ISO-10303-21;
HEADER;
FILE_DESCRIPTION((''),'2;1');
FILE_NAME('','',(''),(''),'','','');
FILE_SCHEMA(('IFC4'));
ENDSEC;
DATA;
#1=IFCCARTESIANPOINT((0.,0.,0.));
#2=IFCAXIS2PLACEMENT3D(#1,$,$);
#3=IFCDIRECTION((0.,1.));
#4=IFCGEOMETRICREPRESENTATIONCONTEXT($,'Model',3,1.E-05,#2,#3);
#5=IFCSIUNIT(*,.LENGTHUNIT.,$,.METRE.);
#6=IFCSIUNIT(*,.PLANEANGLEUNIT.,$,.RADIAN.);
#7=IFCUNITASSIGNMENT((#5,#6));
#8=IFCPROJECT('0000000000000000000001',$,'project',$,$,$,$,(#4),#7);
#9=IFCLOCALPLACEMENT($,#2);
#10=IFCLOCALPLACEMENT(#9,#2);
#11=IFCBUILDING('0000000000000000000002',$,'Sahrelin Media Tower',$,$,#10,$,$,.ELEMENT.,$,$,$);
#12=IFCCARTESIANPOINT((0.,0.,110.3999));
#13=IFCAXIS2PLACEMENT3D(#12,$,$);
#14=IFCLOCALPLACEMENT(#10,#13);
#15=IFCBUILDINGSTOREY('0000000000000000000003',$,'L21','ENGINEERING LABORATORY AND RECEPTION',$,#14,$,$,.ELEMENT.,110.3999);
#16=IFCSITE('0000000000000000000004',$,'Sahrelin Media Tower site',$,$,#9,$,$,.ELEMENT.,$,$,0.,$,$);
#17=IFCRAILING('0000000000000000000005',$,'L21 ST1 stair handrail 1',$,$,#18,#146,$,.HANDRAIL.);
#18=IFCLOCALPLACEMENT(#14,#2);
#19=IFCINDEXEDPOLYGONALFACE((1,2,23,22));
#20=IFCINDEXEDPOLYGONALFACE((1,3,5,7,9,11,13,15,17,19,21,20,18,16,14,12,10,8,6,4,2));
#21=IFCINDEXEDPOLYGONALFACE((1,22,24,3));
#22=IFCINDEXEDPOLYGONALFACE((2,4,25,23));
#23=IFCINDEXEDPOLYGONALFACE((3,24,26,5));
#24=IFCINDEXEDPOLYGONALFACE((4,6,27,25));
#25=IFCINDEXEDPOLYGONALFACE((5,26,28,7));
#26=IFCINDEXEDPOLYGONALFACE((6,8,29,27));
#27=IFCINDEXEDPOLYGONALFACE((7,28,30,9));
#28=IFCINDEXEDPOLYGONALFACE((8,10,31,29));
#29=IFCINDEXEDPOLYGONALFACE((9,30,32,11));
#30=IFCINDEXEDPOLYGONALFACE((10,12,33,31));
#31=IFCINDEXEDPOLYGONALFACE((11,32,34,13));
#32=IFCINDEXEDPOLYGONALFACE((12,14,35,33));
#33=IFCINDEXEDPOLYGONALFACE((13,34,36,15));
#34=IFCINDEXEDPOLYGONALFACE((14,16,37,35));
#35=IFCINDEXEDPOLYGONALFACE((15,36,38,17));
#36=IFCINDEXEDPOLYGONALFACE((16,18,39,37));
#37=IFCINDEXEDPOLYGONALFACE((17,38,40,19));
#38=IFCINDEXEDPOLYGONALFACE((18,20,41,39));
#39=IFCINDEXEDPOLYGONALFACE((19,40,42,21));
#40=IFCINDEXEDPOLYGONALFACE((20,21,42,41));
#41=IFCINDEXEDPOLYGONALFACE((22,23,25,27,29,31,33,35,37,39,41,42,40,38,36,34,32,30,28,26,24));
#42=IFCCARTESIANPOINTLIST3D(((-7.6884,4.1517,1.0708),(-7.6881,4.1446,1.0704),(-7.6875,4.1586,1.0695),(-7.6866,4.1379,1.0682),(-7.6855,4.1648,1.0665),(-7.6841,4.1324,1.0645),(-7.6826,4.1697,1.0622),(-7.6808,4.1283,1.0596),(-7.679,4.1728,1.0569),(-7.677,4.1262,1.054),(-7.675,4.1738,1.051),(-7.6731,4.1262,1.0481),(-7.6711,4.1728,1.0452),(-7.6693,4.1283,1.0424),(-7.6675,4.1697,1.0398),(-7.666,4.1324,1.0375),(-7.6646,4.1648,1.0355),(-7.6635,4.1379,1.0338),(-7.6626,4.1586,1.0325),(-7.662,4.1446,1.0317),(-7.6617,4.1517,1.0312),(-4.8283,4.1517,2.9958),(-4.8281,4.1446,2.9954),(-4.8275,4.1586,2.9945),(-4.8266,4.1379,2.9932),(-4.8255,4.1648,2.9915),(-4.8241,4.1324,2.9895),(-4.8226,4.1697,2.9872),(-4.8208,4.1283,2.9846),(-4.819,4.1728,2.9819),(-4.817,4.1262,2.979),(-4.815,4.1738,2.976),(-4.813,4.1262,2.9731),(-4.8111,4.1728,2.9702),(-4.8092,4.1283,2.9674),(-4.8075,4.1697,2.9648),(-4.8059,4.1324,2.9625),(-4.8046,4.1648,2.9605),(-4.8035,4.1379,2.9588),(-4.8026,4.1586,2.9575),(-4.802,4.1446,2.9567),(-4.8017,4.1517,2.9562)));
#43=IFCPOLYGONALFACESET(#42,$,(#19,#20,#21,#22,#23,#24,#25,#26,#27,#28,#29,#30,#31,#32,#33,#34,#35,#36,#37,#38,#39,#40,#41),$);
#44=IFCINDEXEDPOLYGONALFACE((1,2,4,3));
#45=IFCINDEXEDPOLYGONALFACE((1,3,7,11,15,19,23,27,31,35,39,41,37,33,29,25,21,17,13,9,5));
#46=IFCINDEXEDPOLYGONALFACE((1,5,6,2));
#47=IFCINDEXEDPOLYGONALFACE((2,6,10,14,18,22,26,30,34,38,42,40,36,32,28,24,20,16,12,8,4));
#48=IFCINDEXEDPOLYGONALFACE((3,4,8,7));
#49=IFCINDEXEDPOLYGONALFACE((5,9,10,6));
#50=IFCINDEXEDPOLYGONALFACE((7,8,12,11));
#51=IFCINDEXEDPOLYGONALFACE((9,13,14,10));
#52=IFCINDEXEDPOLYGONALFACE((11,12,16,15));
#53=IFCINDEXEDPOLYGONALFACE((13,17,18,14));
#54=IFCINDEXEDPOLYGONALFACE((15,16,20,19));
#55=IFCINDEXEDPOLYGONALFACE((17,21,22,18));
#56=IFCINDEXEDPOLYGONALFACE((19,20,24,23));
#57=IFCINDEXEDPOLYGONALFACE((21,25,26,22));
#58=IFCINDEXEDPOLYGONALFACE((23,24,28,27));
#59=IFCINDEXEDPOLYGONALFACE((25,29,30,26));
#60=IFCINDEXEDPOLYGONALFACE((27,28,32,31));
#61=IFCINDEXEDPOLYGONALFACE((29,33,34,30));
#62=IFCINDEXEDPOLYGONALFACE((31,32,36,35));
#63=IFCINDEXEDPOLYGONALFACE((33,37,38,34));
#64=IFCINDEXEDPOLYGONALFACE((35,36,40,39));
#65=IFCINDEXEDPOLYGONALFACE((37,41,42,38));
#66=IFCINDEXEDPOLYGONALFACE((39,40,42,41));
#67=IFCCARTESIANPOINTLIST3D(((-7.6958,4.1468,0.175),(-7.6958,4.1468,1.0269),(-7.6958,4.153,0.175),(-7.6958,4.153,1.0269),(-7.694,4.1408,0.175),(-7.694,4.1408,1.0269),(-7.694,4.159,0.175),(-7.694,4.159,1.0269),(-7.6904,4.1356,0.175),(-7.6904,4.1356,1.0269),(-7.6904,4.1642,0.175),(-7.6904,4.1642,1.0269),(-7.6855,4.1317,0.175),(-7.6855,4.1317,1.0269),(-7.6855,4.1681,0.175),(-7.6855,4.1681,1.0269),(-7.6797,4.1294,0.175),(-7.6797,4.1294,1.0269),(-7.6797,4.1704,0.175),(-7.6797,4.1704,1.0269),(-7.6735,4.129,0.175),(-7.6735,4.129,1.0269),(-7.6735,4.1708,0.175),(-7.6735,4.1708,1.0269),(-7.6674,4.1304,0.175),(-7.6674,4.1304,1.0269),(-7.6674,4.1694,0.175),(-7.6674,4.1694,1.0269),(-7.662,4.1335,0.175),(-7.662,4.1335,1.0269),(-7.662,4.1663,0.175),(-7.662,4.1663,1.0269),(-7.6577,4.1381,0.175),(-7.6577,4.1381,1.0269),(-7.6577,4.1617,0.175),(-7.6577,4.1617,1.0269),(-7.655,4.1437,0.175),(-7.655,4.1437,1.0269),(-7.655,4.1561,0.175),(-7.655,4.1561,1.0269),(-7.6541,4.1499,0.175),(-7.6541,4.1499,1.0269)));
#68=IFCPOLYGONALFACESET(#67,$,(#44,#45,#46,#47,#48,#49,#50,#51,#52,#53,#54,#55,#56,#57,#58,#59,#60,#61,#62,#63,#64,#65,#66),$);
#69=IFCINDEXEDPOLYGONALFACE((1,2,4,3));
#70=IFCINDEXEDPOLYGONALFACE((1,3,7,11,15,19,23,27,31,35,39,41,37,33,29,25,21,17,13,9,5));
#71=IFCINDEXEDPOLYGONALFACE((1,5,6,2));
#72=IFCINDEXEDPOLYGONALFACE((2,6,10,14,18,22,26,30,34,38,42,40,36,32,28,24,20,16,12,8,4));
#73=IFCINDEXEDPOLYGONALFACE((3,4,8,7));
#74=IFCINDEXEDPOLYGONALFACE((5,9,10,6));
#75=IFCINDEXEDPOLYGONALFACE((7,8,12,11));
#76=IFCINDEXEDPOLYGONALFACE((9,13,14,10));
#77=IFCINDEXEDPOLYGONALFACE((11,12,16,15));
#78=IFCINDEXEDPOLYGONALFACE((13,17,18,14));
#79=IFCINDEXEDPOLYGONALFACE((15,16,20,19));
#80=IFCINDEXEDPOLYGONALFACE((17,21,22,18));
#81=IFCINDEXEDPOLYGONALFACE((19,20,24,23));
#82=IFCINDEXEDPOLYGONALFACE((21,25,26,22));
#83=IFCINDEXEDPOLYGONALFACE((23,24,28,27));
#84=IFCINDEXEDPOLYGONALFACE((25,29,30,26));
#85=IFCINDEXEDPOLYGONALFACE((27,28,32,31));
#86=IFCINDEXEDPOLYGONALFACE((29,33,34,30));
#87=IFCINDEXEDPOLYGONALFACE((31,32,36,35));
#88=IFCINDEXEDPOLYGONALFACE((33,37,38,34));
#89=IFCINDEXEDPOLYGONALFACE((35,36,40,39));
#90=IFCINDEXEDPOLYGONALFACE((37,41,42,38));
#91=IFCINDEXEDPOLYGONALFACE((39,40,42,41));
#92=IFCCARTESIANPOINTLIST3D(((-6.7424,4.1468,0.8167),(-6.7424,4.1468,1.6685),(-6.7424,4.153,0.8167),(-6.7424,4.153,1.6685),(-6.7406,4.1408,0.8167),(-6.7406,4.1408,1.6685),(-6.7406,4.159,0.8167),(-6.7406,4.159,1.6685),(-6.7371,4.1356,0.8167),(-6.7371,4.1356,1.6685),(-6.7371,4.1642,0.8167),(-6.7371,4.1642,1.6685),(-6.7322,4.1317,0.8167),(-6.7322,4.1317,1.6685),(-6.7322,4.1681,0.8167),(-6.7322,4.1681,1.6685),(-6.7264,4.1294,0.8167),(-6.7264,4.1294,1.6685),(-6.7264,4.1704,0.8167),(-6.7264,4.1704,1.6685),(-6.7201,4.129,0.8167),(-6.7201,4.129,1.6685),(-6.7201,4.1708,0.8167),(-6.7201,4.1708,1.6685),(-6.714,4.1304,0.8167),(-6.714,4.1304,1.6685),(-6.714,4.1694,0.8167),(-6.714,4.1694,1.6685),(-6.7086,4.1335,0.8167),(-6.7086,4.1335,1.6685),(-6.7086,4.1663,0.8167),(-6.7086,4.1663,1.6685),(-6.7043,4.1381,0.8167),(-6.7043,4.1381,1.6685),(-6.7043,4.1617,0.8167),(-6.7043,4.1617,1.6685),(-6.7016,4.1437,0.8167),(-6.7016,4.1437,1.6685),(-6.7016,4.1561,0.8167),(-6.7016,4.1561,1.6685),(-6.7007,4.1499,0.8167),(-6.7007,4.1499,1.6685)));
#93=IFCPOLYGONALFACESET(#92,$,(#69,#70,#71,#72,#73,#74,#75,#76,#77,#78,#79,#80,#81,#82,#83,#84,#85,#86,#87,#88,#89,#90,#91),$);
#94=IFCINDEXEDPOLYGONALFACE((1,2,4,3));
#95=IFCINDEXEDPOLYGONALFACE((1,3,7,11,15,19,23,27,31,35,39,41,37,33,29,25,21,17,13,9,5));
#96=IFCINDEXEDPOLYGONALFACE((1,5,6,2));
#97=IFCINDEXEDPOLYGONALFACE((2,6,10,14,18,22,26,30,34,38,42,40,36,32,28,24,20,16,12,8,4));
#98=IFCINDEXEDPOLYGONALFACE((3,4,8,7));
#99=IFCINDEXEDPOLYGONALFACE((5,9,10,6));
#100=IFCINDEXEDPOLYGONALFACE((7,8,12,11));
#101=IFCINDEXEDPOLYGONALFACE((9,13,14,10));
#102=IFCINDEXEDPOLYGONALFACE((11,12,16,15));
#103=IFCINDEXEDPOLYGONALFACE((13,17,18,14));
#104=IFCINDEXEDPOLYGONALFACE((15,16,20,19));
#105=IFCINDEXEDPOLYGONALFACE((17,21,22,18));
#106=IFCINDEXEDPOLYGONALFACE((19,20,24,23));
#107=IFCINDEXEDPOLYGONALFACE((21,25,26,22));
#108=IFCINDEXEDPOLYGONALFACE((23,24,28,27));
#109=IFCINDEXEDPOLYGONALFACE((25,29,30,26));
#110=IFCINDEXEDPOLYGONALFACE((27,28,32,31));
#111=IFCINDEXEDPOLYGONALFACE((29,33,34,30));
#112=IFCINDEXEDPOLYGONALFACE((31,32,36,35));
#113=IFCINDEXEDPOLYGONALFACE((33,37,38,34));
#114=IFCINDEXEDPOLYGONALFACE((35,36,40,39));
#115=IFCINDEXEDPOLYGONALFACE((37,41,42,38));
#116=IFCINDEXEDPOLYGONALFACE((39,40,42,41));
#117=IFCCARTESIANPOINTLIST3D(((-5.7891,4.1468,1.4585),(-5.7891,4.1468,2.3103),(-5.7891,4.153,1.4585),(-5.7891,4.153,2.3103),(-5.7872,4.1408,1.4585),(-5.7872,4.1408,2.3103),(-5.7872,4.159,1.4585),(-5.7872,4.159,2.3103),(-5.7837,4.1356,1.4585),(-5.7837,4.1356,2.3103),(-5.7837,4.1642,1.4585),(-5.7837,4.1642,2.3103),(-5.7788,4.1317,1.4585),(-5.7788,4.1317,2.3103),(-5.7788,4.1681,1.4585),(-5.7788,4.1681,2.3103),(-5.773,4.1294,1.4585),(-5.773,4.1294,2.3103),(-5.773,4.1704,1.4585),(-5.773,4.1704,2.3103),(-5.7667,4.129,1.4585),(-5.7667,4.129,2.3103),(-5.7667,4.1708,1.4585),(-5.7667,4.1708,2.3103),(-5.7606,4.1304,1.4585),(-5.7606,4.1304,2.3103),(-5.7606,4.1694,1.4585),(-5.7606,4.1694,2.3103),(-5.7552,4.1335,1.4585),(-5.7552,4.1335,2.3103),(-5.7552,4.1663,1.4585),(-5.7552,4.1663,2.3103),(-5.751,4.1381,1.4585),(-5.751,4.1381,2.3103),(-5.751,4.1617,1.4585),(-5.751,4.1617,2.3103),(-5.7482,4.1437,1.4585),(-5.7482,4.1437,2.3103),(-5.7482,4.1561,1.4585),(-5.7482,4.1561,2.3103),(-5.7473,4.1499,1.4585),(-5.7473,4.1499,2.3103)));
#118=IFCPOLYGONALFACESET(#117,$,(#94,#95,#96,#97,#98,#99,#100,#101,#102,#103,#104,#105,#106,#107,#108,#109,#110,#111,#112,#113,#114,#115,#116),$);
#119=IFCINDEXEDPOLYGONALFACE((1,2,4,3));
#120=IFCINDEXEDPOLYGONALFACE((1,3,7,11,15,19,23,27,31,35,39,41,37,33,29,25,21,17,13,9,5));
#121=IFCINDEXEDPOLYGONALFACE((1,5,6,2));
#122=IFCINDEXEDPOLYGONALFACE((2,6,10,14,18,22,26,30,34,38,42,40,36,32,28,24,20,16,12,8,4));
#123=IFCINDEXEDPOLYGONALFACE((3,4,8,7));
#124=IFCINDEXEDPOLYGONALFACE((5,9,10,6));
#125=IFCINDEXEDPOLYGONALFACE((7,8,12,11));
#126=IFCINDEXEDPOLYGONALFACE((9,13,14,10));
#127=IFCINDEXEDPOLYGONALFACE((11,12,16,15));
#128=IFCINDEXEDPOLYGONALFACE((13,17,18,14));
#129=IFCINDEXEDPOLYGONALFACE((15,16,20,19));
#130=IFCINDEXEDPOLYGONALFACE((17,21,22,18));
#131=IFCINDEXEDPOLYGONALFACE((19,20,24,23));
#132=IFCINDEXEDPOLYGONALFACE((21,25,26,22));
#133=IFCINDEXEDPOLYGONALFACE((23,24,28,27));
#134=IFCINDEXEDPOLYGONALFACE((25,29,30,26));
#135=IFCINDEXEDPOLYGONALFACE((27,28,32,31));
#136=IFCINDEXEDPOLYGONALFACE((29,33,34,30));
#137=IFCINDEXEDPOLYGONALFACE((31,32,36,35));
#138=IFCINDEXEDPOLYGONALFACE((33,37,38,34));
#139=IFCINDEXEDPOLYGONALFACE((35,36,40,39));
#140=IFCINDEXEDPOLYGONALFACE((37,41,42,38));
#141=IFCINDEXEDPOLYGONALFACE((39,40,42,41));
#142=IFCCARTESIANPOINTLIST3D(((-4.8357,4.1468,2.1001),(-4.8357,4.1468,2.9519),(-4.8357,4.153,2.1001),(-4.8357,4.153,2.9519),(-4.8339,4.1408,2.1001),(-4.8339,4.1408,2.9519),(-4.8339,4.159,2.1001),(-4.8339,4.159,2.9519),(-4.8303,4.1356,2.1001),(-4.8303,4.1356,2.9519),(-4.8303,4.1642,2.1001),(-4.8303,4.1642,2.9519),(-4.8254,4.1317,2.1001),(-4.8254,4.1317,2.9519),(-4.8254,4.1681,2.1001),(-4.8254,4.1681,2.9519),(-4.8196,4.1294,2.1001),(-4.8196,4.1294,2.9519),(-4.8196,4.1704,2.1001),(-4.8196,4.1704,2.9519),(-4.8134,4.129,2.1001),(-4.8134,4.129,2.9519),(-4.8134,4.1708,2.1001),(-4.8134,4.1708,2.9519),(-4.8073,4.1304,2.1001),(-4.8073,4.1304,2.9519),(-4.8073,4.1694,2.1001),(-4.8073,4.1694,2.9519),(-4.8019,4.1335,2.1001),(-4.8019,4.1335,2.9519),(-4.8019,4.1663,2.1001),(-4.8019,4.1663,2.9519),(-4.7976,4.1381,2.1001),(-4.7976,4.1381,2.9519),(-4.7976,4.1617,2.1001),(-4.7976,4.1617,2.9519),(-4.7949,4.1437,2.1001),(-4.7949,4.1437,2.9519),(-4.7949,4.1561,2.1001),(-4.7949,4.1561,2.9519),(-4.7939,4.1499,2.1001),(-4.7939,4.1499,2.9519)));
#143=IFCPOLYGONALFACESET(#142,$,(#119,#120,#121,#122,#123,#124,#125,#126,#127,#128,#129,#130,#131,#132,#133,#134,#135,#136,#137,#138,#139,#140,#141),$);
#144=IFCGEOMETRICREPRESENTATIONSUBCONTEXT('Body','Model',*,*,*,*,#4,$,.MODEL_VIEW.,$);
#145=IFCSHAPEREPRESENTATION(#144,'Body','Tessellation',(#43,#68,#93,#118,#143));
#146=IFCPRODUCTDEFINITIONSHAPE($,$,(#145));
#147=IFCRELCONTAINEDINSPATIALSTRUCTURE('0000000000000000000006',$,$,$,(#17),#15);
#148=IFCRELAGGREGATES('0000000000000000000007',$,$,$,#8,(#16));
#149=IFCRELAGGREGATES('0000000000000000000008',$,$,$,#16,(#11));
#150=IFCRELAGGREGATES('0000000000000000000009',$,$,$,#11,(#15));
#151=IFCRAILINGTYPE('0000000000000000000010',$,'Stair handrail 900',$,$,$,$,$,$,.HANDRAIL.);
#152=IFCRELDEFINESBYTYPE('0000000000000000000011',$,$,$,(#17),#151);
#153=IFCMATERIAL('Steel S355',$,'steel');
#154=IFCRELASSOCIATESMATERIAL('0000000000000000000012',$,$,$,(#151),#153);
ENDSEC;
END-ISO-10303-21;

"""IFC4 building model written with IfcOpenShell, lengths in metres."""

from ifc_helpers import new_model, si_unit, direction, frame, origin, origin_2d, place, context, subcontext, project, spatial, circle, extrude, material, type_object, element, save


model = new_model("IFC4")

# Units and contexts
model_context = context("Model", 3, precision=1e-05, world=origin(), true_north=direction((0.0, 1.0)))
body_context = subcontext(model_context, "Body", "Model", "MODEL_VIEW")
ifc_project = project(units=[si_unit("LENGTHUNIT", "METRE"), si_unit("PLANEANGLEUNIT", "RADIAN")], contexts=[model_context])

# Site, building, storey
site_placement = place(None, origin())
site = spatial("IfcSite", under=ifc_project, at=site_placement, Name="Sahrelin Media Tower site", CompositionType="ELEMENT", RefElevation=0.0)
building_placement = place(site_placement, origin())
building = spatial("IfcBuilding", under=site, at=building_placement, Name="Sahrelin Media Tower", CompositionType="ELEMENT")
storey_placement = place(building_placement, frame((0.0, 0.0, 110.3999)))
storey = spatial("IfcBuildingStorey", under=building, at=storey_placement, Name="L21", Description="ENGINEERING LABORATORY AND RECEPTION", CompositionType="ELEMENT", Elevation=110.3999)

# Shared definitions
ifc_material_1 = material(Name="Steel S355", Category="steel")

# Railing
railing_type_1 = type_object("IfcRailingType", Name="Stair handrail 900", PredefinedType="HANDRAIL", material=ifc_material_1)
railing_1_placement = place(storey_placement, frame((-7.675, 4.1499, 0.175)))
element("IfcRailing", 1, at=railing_1_placement, inside=storey, type_object=railing_type_1, Name="L21 ST1 stair handrail 1", PredefinedType="HANDRAIL", context=body_context, shape_type="SweptSolid", body=[
    extrude(circle(Radius=0.0239, at=origin_2d()), frame((0.0, 0.0, 0.876), z_axis=(0.829591, 0.0, 0.558372), x_axis=(0.0, 1.0, 0.0)), (0.0, 0.0, 1.0), 3.4475),
    extrude(circle(Radius=0.021, at=origin_2d()), origin(), (0.0, 0.0, 1.0), 0.8518),
    extrude(circle(Radius=0.021, at=origin_2d()), frame((0.9534, 0.0, 0.6416)), (0.0, 0.0, 1.0), 0.8518),
    extrude(circle(Radius=0.021, at=origin_2d()), frame((1.9067, 0.0, 1.2834)), (0.0, 0.0, 1.0), 0.8518),
    extrude(circle(Radius=0.021, at=origin_2d()), frame((2.8601, 0.0, 1.925)), (0.0, 0.0, 1.0), 0.8518),
])

save(model, "model.ifc")
